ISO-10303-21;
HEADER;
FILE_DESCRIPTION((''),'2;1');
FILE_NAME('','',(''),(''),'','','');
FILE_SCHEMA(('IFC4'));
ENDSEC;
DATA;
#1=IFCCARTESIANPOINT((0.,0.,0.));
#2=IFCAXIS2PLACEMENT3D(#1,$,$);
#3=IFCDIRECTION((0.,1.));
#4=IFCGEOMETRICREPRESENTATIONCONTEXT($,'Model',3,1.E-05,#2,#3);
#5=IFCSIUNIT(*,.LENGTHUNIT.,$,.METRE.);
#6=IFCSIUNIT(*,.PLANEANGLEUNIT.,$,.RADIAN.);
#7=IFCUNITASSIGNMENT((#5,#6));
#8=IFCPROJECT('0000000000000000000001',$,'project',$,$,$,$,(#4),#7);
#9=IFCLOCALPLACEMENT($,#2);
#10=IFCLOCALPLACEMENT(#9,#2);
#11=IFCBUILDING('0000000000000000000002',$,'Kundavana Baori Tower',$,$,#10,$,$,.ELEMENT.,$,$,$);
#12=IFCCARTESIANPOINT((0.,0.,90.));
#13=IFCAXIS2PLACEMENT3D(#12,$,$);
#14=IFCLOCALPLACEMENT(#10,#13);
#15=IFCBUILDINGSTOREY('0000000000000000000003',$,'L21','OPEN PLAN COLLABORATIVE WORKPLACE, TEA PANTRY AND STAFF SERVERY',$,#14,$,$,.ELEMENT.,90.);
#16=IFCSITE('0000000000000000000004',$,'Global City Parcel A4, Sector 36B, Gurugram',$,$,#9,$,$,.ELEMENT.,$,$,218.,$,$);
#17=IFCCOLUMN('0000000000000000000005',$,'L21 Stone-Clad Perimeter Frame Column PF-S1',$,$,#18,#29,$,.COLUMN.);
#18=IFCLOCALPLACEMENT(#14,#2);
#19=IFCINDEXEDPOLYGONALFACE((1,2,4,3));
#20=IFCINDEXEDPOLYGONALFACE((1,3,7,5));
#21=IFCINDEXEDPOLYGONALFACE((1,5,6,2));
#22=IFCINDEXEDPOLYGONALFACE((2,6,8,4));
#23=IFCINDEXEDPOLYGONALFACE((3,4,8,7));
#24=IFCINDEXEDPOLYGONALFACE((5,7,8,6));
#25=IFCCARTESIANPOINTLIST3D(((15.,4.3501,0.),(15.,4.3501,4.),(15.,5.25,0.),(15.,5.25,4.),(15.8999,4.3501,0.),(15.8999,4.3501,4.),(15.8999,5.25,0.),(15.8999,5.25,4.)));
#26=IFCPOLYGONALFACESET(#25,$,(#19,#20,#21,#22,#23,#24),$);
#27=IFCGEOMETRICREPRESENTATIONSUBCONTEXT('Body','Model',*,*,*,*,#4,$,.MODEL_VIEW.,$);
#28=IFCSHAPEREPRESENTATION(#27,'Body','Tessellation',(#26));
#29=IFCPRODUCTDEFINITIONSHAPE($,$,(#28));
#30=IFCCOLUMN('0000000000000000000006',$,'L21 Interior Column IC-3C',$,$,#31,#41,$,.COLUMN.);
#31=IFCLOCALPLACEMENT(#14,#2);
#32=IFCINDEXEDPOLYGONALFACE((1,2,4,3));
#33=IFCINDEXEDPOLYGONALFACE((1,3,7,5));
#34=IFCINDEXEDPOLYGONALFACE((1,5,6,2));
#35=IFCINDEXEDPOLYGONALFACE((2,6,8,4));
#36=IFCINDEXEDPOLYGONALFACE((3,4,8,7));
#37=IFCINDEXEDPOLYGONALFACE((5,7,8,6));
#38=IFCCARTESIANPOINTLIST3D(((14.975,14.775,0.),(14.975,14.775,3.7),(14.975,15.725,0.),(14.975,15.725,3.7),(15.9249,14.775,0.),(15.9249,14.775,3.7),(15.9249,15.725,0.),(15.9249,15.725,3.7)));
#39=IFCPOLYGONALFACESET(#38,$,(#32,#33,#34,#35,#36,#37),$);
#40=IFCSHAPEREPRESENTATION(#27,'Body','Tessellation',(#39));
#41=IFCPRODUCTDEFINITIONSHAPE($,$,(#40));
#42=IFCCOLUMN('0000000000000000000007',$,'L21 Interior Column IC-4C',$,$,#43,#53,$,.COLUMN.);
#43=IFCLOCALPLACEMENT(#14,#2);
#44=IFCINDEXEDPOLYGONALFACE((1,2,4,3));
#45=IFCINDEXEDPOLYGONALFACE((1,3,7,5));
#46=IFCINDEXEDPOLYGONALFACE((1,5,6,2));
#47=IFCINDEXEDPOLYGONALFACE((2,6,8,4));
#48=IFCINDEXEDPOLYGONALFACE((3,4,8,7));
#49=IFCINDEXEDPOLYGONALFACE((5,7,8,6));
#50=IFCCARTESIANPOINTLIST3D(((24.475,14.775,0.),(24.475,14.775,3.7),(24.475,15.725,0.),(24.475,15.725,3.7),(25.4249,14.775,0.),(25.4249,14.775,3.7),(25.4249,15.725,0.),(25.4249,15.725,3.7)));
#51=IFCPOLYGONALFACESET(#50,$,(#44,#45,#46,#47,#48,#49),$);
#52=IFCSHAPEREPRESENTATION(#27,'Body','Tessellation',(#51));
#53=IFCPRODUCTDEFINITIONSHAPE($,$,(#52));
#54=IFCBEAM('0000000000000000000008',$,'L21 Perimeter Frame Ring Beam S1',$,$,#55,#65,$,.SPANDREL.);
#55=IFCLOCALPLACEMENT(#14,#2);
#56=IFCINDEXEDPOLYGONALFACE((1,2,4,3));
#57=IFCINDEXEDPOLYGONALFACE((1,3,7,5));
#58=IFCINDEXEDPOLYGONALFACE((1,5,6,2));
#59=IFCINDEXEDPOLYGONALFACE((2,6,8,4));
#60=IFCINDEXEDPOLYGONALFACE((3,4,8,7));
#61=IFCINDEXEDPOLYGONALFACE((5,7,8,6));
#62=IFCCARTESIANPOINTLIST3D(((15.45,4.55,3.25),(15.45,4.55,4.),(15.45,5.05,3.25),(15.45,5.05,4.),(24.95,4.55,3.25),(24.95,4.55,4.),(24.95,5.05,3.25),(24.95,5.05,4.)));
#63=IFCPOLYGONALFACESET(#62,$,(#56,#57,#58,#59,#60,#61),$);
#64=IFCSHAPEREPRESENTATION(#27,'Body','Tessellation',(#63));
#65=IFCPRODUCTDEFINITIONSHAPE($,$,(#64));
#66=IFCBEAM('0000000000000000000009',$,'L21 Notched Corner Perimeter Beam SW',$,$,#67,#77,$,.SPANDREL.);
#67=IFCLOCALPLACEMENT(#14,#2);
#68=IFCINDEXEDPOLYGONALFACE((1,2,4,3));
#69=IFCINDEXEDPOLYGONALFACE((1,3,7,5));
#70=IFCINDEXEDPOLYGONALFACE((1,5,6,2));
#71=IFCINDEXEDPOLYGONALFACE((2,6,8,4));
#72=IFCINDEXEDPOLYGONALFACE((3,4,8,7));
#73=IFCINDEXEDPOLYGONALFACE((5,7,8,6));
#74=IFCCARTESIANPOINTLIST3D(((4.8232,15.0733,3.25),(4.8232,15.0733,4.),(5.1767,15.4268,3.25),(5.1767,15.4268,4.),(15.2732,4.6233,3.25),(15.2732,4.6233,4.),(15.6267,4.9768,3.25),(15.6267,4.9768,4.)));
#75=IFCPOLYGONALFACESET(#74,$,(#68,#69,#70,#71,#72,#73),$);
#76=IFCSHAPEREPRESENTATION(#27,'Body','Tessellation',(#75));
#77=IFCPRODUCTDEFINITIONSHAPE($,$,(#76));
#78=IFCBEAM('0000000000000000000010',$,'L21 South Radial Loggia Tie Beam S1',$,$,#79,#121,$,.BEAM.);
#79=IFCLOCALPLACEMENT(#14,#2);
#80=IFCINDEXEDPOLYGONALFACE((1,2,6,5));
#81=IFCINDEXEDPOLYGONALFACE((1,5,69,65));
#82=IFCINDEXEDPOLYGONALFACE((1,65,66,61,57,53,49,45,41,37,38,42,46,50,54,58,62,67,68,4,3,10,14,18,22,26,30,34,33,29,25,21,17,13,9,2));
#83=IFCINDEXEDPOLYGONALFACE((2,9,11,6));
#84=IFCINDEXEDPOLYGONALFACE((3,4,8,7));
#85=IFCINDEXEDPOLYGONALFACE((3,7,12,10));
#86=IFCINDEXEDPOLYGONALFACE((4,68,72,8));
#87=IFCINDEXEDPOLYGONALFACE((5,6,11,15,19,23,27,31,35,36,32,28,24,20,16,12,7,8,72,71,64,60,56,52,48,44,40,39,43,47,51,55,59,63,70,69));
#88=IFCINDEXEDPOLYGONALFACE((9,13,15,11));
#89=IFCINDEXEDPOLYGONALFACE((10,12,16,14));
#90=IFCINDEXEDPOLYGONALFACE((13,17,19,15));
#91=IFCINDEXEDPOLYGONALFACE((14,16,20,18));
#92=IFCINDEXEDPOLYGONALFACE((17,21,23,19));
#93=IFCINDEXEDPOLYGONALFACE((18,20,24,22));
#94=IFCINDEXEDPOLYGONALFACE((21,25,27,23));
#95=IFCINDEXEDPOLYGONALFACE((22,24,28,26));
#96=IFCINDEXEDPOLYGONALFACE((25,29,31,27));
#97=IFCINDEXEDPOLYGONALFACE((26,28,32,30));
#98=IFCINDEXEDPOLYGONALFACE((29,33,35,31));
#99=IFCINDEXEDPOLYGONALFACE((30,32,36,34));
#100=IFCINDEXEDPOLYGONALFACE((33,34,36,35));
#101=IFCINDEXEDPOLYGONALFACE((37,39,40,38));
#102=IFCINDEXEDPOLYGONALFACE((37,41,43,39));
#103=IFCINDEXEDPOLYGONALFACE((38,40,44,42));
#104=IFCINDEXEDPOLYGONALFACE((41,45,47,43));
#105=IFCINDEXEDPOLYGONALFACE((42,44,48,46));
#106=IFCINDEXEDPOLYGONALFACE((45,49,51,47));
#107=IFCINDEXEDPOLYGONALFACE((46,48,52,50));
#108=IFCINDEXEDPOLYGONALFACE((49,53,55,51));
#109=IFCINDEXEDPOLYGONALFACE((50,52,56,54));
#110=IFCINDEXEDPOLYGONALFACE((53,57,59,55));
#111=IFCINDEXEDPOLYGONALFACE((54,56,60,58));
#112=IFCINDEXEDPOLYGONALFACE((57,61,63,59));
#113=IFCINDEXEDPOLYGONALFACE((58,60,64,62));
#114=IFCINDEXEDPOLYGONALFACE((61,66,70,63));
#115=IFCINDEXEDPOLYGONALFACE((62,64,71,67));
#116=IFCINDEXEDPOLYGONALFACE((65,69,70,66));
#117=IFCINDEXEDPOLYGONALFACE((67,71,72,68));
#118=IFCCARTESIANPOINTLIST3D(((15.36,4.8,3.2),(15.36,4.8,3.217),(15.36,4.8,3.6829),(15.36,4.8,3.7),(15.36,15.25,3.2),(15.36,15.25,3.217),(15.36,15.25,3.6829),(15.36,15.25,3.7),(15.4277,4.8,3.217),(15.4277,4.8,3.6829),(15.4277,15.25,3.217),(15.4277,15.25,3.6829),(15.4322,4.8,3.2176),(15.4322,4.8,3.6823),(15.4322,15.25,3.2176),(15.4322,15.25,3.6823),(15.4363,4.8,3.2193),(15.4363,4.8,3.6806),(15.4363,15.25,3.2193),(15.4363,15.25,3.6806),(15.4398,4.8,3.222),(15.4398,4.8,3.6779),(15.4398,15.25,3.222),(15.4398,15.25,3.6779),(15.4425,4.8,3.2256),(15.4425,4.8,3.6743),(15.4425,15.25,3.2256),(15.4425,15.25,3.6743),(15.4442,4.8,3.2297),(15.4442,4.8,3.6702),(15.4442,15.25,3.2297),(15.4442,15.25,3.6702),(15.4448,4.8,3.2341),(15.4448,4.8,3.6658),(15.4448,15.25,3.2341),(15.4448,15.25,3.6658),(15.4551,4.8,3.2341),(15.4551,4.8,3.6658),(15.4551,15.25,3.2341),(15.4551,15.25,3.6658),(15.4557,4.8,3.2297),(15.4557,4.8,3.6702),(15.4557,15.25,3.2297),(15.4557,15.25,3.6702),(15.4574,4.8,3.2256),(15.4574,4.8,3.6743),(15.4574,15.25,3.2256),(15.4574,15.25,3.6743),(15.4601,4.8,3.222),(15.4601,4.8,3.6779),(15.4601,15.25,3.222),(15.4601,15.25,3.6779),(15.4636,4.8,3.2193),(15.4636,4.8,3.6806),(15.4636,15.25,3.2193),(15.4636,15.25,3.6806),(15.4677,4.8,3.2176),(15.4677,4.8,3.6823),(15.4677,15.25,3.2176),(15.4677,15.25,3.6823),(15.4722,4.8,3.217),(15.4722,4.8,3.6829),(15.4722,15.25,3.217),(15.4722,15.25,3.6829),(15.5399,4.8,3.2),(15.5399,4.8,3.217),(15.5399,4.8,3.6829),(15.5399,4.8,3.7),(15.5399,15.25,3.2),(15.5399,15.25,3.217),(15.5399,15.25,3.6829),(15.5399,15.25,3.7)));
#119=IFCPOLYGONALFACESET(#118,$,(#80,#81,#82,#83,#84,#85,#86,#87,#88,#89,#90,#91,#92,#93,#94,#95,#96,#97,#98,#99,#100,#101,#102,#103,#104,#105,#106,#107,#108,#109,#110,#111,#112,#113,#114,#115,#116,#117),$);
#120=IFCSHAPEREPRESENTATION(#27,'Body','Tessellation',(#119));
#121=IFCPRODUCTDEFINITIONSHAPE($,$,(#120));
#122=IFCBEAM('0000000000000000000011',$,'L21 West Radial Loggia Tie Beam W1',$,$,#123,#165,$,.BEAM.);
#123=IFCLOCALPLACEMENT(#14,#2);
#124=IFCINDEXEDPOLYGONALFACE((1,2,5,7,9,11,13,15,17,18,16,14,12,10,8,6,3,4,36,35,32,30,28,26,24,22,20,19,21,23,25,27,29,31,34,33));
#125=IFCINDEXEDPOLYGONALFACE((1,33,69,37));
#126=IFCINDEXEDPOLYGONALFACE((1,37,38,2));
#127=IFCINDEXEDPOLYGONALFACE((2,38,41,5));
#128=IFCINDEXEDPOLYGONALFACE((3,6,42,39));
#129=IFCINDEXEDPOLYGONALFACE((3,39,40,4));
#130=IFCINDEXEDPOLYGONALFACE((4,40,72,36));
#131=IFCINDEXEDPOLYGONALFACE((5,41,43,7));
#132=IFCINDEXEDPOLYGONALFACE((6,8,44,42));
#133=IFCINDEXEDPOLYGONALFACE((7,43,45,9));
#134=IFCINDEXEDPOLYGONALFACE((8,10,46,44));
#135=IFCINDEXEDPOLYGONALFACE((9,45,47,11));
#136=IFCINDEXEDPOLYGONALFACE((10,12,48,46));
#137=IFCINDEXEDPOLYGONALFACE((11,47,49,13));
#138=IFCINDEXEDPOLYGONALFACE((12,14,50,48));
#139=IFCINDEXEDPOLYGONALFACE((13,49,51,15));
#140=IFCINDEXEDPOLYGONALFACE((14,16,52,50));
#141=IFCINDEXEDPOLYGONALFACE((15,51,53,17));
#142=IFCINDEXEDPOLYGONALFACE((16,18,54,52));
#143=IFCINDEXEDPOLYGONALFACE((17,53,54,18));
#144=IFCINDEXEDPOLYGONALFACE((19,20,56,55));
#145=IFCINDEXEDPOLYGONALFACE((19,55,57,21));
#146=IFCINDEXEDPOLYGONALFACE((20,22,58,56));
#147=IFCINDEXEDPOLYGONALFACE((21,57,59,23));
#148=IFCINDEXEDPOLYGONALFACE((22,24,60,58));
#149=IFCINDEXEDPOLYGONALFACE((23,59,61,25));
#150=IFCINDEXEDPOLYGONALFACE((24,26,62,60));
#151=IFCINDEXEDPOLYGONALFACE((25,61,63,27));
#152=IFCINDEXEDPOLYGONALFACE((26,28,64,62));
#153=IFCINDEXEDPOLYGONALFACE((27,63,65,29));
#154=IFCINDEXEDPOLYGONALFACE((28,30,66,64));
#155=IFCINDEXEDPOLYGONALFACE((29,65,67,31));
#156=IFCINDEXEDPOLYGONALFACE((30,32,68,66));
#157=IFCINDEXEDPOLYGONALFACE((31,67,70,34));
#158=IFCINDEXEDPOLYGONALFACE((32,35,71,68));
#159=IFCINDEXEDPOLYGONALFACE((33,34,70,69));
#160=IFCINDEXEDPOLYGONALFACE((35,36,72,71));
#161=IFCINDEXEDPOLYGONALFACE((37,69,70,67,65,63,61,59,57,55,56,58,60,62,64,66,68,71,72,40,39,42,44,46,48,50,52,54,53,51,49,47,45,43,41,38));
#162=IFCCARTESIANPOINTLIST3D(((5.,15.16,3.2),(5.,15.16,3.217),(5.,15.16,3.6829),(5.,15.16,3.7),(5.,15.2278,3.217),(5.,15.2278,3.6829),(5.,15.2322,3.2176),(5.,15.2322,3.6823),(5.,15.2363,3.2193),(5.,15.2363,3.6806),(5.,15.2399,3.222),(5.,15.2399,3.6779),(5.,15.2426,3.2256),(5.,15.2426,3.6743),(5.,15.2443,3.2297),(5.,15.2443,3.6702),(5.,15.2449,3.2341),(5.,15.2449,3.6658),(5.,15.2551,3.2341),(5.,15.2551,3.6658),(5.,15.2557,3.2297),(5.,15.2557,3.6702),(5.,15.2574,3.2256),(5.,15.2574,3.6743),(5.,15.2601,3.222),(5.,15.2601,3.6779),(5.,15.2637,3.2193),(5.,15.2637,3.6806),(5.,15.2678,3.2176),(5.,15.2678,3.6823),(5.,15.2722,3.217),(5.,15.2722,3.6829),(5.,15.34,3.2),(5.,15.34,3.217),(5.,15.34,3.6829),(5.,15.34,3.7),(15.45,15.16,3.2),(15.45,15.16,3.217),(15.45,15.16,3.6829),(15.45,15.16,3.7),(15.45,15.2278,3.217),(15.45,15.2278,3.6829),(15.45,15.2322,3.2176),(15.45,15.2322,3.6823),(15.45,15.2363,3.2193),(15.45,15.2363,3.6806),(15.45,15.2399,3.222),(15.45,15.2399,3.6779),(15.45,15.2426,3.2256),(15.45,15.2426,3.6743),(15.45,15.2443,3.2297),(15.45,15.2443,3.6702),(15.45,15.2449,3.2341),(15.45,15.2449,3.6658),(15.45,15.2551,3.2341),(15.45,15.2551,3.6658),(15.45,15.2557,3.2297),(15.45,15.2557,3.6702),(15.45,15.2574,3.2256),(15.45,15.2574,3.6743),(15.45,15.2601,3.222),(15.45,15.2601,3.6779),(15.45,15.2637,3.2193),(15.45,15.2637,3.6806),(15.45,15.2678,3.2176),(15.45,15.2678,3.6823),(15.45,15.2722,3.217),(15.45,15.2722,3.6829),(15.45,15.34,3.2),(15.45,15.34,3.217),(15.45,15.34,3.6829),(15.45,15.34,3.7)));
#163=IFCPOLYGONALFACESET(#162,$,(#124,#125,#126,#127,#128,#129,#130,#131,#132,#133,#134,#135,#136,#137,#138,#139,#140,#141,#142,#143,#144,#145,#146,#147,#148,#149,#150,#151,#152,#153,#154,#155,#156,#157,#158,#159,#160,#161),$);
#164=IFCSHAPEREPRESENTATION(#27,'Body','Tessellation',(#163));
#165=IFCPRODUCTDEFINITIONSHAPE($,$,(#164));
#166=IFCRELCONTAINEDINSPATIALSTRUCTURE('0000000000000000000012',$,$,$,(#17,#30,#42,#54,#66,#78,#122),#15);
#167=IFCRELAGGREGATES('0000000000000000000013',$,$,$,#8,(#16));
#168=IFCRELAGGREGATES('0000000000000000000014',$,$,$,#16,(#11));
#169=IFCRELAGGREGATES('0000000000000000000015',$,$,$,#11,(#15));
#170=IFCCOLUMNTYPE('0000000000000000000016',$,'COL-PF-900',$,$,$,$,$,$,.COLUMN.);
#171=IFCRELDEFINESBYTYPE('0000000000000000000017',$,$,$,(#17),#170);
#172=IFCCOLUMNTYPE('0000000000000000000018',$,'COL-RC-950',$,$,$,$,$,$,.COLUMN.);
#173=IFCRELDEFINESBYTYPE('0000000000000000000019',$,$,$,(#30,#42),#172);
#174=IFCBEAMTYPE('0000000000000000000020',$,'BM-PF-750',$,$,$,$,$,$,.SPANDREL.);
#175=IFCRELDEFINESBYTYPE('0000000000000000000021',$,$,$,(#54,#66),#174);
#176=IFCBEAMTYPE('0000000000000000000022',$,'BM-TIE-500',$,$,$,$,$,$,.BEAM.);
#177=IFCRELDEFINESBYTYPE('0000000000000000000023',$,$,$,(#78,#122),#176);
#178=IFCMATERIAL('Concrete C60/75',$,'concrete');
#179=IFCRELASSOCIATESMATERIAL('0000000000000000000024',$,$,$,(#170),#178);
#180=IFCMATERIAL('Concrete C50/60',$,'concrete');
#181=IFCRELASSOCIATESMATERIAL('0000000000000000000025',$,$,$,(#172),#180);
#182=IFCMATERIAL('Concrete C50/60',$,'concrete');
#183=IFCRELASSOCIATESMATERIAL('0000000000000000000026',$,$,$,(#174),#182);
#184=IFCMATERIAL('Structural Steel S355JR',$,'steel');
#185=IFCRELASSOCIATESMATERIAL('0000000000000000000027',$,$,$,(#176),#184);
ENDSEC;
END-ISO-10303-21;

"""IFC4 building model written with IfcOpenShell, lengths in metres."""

from ifc_helpers import new_model, si_unit, direction, frame, origin, origin_2d, place, context, subcontext, project, spatial, rectangle, i_section, extrude, material, material_profile, profile_set, type_object, element, save


model = new_model("IFC4")

# Units and contexts
model_context = context("Model", 3, precision=1e-05, world=origin(), true_north=direction((0.0, 1.0)))
body_context = subcontext(model_context, "Body", "Model", "MODEL_VIEW")
ifc_project = project(units=[si_unit("LENGTHUNIT", "METRE"), si_unit("PLANEANGLEUNIT", "RADIAN")], contexts=[model_context])

# Site, building, storey
site_placement = place(None, origin())
site = spatial("IfcSite", under=ifc_project, at=site_placement, Name="Global City Parcel A4, Sector 36B, Gurugram", CompositionType="ELEMENT", RefElevation=218.0)
building_placement = place(site_placement, origin())
building = spatial("IfcBuilding", under=site, at=building_placement, Name="Kundavana Baori Tower", CompositionType="ELEMENT")
storey_placement = place(building_placement, frame((0.0, 0.0, 90.0)))
storey = spatial("IfcBuildingStorey", under=building, at=storey_placement, Name="L21", Description="OPEN PLAN COLLABORATIVE WORKPLACE, TEA PANTRY AND STAFF SERVERY", CompositionType="ELEMENT", Elevation=90.0)

# Columns
ifc_material_1 = material(Name="Concrete C60/75", Category="concrete")
ifc_material_profile_1 = material_profile(ifc_material_1, rectangle(XDim=0.8999, YDim=0.8999, at=origin_2d()), Name="RC PF 900x900")
ifc_profile_set_1 = profile_set([ifc_material_profile_1], Name="Concrete C60/75")
column_type_1 = type_object("IfcColumnType", Name="COL-PF-900", PredefinedType="COLUMN", material=ifc_profile_set_1)
column_placement = place(storey_placement, frame((15.45, 4.8, 0.0), z_axis=(0.0, 0.0, 1.0), x_axis=(1.0, 0.0, 0.0)))
element("IfcColumn", 1, at=column_placement, inside=storey, type_object=column_type_1, Name="L21 Stone-Clad Perimeter Frame Column PF-S1", PredefinedType="COLUMN", context=body_context, shape_type="SweptSolid", body=[
    extrude(rectangle(XDim=0.8999, YDim=0.8999, at=origin_2d()), origin(), (0.0, 0.0, 1.0), 4.0),
])
ifc_material_2 = material(Name="Concrete C50/60", Category="concrete")
ifc_material_profile_2 = material_profile(ifc_material_2, rectangle(XDim=0.95, YDim=0.95, at=origin_2d()), Name="RC 950x950")
ifc_profile_set_2 = profile_set([ifc_material_profile_2], Name="Concrete C50/60")
column_type_2 = type_object("IfcColumnType", Name="COL-RC-950", PredefinedType="COLUMN", material=ifc_profile_set_2)
for number, where, z_axis, x_axis, name in (
    (2, (15.45, 15.25, 0.0), (0.0, 0.0, 1.0), (1.0, 0.0, 0.0), "L21 Interior Column IC-3C"),
    (3, (24.95, 15.25, 0.0), (0.0, 0.0, 1.0), (1.0, 0.0, 0.0), "L21 Interior Column IC-4C"),
):
    element("IfcColumn", number, at=place(storey_placement, frame(where, z_axis=z_axis, x_axis=x_axis)), inside=storey, type_object=column_type_2, Name=name, PredefinedType="COLUMN", context=body_context, shape_type="SweptSolid", body=[
        extrude(rectangle(XDim=0.95, YDim=0.95, at=origin_2d()), origin(), (0.0, 0.0, 1.0), 3.7),
    ])

# Beams
ifc_material_3 = material(Name="Concrete C50/60", Category="concrete")
ifc_material_profile_3 = material_profile(ifc_material_3, rectangle(XDim=0.5, YDim=0.75, at=origin_2d()), Name="RC BM 500x750")
ifc_profile_set_3 = profile_set([ifc_material_profile_3], Name="Concrete C50/60")
beam_type_1 = type_object("IfcBeamType", Name="BM-PF-750", PredefinedType="SPANDREL", material=ifc_profile_set_3)
beam_1_placement = place(storey_placement, frame((15.45, 4.8, 3.625), z_axis=(1.0, 0.0, 0.0), x_axis=(0.0, 1.0, 0.0)))
element("IfcBeam", 4, at=beam_1_placement, inside=storey, type_object=beam_type_1, Name="L21 Perimeter Frame Ring Beam S1", PredefinedType="SPANDREL", context=body_context, shape_type="SweptSolid", body=[
    extrude(rectangle(XDim=0.5, YDim=0.75, at=origin_2d()), origin(), (0.0, 0.0, 1.0), 9.5),
])
beam_2_placement = place(storey_placement, frame((15.45, 4.8, 3.625), z_axis=(-0.707107, 0.707107, 0.0), x_axis=(-0.707107, -0.707107, 0.0)))
element("IfcBeam", 5, at=beam_2_placement, inside=storey, type_object=beam_type_1, Name="L21 Notched Corner Perimeter Beam SW", PredefinedType="SPANDREL", context=body_context, shape_type="SweptSolid", body=[
    extrude(rectangle(XDim=0.5, YDim=0.75, at=origin_2d()), origin(), (0.0, 0.0, 1.0), 14.7786),
])
ifc_material_4 = material(Name="Structural Steel S355JR", Category="steel")
ifc_material_profile_4 = material_profile(ifc_material_4, i_section(OverallWidth=0.1799, OverallDepth=0.5, WebThickness=0.0103, FlangeThickness=0.0171, FilletRadius=0.0171, at=origin_2d()), Name="ISMB 500")
ifc_profile_set_4 = profile_set([ifc_material_profile_4], Name="Structural Steel S355JR")
beam_type_2 = type_object("IfcBeamType", Name="BM-TIE-500", PredefinedType="BEAM", material=ifc_profile_set_4)
for number, where, z_axis, x_axis, name in (
    (6, (15.45, 15.25, 3.45), (0.0, -1.0, 0.0), (1.0, 0.0, 0.0), "L21 South Radial Loggia Tie Beam S1"),
    (7, (15.45, 15.25, 3.45), (-1.0, 0.0, 0.0), (0.0, -1.0, 0.0), "L21 West Radial Loggia Tie Beam W1"),
):
    element("IfcBeam", number, at=place(storey_placement, frame(where, z_axis=z_axis, x_axis=x_axis)), inside=storey, type_object=beam_type_2, Name=name, PredefinedType="BEAM", context=body_context, shape_type="SweptSolid", body=[
        extrude(i_section(OverallWidth=0.1799, OverallDepth=0.5, WebThickness=0.0103, FlangeThickness=0.0171, FilletRadius=0.0171, at=origin_2d()), origin(), (0.0, 0.0, 1.0), 10.45),
    ])

save(model, "model.ifc")
